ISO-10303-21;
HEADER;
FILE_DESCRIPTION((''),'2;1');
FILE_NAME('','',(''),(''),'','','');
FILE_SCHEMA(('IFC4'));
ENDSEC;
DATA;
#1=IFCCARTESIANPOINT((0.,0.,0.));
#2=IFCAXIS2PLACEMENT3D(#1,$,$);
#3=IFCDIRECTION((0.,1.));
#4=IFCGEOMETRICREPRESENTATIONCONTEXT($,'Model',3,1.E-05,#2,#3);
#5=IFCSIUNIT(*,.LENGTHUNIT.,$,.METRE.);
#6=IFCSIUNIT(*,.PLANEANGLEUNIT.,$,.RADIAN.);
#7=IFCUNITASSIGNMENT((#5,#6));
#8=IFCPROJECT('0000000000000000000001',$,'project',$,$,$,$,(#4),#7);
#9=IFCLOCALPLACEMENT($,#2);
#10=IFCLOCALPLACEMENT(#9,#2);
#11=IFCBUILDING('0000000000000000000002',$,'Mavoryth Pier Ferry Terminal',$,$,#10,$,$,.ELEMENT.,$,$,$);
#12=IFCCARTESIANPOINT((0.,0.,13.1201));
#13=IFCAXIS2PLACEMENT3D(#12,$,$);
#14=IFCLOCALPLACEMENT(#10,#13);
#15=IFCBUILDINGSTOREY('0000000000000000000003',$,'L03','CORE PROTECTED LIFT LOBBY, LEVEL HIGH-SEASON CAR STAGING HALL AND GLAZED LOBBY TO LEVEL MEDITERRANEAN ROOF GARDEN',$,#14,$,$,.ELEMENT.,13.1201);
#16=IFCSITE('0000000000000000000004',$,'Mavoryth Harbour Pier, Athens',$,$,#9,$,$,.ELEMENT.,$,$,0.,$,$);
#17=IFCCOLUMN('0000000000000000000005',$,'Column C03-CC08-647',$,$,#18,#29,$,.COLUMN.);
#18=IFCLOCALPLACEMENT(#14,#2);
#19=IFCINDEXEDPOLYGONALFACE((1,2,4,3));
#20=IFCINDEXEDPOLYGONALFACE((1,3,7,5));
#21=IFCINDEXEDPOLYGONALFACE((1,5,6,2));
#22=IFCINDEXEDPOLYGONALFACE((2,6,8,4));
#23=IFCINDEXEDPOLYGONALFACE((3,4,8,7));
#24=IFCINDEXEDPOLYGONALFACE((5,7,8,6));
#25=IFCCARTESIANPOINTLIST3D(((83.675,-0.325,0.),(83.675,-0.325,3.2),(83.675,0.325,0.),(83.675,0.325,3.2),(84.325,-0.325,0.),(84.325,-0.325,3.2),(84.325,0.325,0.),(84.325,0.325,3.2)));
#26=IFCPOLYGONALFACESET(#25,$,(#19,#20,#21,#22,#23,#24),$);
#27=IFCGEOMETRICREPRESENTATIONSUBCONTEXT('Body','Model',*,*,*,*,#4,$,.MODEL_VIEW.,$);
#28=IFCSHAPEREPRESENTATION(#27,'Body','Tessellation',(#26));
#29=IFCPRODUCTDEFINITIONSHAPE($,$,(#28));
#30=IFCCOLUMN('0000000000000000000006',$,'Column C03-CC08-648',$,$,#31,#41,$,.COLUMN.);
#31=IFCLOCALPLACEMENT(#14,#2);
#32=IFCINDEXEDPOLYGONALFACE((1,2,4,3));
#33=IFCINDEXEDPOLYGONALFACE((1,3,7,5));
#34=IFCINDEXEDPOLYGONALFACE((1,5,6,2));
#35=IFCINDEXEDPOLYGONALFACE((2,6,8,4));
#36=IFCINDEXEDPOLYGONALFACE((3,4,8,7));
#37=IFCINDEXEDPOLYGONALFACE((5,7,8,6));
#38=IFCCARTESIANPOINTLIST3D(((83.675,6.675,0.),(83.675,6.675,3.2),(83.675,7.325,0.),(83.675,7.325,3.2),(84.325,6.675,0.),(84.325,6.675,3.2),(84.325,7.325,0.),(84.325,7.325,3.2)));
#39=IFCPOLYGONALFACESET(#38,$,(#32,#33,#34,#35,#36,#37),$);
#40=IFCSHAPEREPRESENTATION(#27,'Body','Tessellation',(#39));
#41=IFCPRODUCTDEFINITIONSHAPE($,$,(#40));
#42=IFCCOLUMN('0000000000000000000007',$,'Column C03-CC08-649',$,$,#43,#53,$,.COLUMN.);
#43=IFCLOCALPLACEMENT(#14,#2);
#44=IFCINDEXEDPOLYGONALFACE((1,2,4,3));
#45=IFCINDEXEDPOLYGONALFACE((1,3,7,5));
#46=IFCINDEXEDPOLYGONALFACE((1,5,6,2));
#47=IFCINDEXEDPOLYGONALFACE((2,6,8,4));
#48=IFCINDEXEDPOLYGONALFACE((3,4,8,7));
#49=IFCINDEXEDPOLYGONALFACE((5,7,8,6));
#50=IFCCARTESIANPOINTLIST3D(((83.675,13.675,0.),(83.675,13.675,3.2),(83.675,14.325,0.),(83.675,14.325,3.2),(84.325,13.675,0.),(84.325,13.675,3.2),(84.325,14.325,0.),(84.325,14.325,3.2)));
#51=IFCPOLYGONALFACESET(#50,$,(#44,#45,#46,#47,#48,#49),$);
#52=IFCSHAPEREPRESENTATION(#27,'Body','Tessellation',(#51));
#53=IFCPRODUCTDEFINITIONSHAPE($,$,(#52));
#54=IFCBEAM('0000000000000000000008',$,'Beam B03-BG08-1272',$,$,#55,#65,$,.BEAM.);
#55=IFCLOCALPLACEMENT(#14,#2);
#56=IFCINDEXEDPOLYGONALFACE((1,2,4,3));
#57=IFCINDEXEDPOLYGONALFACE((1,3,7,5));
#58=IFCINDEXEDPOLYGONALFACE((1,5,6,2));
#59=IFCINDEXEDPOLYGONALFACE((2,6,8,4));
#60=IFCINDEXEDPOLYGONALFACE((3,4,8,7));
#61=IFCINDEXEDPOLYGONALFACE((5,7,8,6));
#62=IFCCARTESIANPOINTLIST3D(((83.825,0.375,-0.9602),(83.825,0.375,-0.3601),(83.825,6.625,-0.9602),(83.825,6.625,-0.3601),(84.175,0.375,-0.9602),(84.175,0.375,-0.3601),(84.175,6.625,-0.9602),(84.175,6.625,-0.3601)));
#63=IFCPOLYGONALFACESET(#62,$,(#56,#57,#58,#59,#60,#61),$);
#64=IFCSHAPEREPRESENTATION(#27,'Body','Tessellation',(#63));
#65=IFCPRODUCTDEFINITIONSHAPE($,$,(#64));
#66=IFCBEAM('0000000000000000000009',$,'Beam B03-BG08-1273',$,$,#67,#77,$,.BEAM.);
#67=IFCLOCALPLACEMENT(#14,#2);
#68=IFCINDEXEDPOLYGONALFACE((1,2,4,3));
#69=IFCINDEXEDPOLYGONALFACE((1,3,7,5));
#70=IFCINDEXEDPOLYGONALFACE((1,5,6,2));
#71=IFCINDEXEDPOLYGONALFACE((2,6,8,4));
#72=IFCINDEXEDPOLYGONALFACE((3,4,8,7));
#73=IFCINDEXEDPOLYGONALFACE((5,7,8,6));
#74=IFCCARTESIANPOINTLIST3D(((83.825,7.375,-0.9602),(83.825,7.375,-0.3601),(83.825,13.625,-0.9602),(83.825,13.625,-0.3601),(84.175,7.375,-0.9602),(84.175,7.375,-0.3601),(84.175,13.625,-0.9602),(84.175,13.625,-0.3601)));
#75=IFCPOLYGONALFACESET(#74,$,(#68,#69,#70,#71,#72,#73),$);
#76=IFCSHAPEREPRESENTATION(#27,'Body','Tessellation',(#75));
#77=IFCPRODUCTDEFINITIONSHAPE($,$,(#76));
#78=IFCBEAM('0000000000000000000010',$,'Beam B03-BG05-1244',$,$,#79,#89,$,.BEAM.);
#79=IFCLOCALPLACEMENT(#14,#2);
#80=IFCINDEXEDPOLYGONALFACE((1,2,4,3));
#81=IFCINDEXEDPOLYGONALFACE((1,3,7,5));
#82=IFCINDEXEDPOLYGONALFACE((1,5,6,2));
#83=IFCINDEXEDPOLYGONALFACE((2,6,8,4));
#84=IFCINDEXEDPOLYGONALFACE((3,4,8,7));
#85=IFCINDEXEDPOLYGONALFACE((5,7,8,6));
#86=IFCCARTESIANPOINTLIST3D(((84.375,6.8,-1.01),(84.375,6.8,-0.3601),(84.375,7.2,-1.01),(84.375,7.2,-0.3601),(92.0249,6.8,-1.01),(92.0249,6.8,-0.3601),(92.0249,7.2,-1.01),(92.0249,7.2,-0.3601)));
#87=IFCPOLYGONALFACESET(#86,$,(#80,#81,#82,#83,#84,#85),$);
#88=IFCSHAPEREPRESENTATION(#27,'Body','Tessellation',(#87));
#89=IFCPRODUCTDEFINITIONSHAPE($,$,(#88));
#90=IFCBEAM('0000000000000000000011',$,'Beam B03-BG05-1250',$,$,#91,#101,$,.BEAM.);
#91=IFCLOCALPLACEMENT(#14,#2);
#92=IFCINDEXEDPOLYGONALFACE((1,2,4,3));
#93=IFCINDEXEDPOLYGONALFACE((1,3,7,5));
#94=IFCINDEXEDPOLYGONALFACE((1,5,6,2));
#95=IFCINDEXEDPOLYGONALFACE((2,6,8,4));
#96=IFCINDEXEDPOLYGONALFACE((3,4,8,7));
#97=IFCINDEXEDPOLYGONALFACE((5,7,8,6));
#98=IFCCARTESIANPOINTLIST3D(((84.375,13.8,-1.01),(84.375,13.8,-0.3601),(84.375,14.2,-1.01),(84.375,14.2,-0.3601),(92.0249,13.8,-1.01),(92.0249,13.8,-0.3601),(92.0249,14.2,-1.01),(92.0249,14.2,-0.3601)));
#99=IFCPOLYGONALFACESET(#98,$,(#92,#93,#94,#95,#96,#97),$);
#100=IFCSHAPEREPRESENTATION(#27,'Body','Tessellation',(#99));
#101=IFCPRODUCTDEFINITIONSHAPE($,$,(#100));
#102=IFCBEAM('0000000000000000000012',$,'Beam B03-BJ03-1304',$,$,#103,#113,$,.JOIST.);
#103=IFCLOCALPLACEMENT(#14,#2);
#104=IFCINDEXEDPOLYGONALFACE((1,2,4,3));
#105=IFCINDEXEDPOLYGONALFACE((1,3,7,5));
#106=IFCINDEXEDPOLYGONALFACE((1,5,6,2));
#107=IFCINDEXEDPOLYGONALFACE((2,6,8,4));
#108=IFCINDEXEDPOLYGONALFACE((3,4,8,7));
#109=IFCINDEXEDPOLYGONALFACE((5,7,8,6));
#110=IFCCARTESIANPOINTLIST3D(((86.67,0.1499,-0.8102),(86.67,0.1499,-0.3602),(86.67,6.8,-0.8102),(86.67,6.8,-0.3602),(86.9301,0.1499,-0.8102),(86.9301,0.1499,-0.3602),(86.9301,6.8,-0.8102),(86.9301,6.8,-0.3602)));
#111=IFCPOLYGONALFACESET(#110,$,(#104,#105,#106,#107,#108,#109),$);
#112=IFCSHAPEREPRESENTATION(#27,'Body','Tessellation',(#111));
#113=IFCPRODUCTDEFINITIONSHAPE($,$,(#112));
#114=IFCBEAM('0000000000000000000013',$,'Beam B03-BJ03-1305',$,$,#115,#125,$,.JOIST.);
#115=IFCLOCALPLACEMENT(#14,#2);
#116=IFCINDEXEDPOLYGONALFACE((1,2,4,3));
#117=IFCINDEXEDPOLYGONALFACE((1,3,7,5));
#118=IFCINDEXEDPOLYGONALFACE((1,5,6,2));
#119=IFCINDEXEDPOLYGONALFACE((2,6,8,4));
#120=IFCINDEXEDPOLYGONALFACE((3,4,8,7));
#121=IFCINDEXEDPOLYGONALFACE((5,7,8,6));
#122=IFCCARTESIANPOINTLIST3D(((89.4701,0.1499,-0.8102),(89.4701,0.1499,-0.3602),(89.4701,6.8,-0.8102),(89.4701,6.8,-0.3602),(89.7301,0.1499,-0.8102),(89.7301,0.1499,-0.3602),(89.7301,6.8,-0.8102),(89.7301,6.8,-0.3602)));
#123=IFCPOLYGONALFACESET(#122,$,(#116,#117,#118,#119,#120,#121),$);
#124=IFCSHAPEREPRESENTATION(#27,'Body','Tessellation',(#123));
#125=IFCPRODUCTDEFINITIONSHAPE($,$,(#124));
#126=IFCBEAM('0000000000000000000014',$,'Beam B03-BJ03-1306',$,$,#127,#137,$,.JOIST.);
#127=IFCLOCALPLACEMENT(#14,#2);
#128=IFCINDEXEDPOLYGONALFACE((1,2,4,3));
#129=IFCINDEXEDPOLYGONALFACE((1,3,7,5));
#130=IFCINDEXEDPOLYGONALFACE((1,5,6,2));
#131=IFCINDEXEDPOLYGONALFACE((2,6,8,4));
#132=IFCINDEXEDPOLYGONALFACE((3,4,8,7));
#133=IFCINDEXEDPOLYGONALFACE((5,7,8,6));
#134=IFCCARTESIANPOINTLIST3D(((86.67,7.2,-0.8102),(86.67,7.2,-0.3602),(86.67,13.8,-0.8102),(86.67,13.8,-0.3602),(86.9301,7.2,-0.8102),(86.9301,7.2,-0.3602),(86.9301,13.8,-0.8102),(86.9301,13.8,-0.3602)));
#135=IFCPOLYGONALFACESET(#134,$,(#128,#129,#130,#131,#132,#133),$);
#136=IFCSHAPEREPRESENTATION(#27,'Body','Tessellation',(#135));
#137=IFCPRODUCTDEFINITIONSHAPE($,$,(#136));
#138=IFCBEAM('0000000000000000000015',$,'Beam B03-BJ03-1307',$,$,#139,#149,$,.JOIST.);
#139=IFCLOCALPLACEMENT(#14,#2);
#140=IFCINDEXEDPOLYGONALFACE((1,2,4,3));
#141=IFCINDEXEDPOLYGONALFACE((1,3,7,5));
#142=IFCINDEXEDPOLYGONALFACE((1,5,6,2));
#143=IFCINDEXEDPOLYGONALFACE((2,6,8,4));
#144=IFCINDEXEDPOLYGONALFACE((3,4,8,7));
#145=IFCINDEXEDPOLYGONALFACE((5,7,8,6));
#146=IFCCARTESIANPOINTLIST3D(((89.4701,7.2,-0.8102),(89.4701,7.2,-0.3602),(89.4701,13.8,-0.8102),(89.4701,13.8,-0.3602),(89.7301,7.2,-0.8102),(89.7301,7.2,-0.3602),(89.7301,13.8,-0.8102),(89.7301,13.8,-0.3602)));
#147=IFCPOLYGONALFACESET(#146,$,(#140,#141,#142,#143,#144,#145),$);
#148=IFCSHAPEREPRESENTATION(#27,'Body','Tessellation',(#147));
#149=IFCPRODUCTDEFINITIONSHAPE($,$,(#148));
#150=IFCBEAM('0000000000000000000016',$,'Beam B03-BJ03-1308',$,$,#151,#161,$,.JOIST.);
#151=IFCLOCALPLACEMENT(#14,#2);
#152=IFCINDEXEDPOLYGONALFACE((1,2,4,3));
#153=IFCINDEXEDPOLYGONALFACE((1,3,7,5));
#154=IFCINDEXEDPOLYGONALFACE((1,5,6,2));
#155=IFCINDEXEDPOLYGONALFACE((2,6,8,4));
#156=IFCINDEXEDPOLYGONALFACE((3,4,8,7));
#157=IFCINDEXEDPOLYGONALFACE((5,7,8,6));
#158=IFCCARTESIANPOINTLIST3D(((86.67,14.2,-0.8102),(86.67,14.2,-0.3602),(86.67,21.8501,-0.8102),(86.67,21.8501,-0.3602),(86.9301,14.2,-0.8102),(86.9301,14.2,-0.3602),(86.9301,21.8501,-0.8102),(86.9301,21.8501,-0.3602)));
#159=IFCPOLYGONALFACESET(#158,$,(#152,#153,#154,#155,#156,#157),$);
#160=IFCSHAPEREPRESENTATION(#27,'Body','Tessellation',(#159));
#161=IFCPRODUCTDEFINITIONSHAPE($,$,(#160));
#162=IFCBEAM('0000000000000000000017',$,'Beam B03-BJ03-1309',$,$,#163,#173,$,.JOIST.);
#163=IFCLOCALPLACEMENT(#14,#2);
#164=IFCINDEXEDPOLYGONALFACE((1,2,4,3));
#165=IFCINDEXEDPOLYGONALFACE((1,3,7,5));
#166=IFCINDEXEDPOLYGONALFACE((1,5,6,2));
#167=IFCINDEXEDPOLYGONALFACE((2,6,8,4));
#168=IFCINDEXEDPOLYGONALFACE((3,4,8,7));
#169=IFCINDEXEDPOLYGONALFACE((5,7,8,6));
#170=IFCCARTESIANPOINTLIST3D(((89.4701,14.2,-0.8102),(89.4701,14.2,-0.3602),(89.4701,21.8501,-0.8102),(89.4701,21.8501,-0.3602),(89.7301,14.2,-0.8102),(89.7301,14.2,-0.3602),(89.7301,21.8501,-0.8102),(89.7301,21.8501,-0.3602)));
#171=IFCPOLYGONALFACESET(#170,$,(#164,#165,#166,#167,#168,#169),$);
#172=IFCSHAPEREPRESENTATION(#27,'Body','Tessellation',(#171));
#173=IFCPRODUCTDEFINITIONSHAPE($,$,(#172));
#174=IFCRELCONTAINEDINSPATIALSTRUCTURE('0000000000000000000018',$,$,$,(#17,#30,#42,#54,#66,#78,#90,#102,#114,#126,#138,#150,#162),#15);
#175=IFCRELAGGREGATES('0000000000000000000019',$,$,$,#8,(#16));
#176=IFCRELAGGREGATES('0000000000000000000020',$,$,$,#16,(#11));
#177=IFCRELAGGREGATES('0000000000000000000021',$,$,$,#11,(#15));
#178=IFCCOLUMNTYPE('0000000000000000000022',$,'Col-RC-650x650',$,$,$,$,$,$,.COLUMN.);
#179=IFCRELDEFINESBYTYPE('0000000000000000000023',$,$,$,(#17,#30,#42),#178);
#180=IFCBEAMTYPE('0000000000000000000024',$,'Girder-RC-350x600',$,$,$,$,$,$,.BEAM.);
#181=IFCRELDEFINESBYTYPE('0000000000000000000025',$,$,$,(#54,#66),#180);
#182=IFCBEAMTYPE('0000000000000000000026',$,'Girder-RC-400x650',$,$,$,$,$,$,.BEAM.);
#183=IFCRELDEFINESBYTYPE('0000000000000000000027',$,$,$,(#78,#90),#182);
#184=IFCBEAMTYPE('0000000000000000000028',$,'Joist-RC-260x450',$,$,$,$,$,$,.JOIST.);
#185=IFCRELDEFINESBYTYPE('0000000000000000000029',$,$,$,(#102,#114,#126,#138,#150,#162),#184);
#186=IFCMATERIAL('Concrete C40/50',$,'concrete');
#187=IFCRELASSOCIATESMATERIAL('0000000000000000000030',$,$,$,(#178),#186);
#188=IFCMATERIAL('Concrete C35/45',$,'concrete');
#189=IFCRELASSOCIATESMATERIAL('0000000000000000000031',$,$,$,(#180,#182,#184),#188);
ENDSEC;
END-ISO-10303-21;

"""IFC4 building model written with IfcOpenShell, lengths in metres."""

from ifc_helpers import new_model, si_unit, direction, frame, origin, origin_2d, place, context, subcontext, project, spatial, rectangle, extrude, material, material_profile, profile_set, type_object, element, save


model = new_model("IFC4")

# Units and contexts
model_context = context("Model", 3, precision=1e-05, world=origin(), true_north=direction((0.0, 1.0)))
body_context = subcontext(model_context, "Body", "Model", "MODEL_VIEW")
ifc_project = project(units=[si_unit("LENGTHUNIT", "METRE"), si_unit("PLANEANGLEUNIT", "RADIAN")], contexts=[model_context])

# Site, building, storey
site_placement = place(None, origin())
site = spatial("IfcSite", under=ifc_project, at=site_placement, Name="Mavoryth Harbour Pier, Athens", CompositionType="ELEMENT", RefElevation=0.0)
building_placement = place(site_placement, origin())
building = spatial("IfcBuilding", under=site, at=building_placement, Name="Mavoryth Pier Ferry Terminal", CompositionType="ELEMENT")
storey_placement = place(building_placement, frame((0.0, 0.0, 13.1201)))
storey = spatial("IfcBuildingStorey", under=building, at=storey_placement, Name="L03", Description="CORE PROTECTED LIFT LOBBY, LEVEL HIGH-SEASON CAR STAGING HALL AND GLAZED LOBBY TO LEVEL MEDITERRANEAN ROOF GARDEN", CompositionType="ELEMENT", Elevation=13.1201)

# Columns
ifc_material_1 = material(Name="Concrete C40/50", Category="concrete")
ifc_material_profile_1 = material_profile(ifc_material_1, rectangle(XDim=0.6499, YDim=0.6499, at=origin_2d()), Name="RC 650x650", Category="concrete")
ifc_profile_set_1 = profile_set([ifc_material_profile_1], Name="Concrete C40/50 - RC 650x650")
column_type = type_object("IfcColumnType", Name="Col-RC-650x650", PredefinedType="COLUMN", material=ifc_profile_set_1)
for number, where, z_axis, x_axis, name in (
    (1, (84.0, 0.0, 0.0), (0.0, 0.0, 1.0), (1.0, 0.0, 0.0), "Column C03-CC08-647"),
    (2, (84.0, 7.0, 0.0), (0.0, 0.0, 1.0), (1.0, 0.0, 0.0), "Column C03-CC08-648"),
    (3, (84.0, 14.0, 0.0), (0.0, 0.0, 1.0), (1.0, 0.0, 0.0), "Column C03-CC08-649"),
):
    element("IfcColumn", number, at=place(storey_placement, frame(where, z_axis=z_axis, x_axis=x_axis)), inside=storey, type_object=column_type, Name=name, PredefinedType="COLUMN", context=body_context, shape_type="SweptSolid", body=[
        extrude(rectangle(XDim=0.6499, YDim=0.6499, at=origin_2d()), origin(), (0.0, 0.0, 1.0), 3.2),
    ])

# Beams
ifc_material_2 = material(Name="Concrete C35/45", Category="concrete")
ifc_material_profile_2 = material_profile(ifc_material_2, rectangle(XDim=0.3501, YDim=0.6001, at=origin_2d()), Name="RC 350x600", Category="concrete")
ifc_profile_set_2 = profile_set([ifc_material_profile_2], Name="Concrete C35/45 - RC 350x600")
beam_type_1 = type_object("IfcBeamType", Name="Girder-RC-350x600", PredefinedType="BEAM", material=ifc_profile_set_2)
for number, where, z_axis, x_axis, name in (
    (4, (84.0, 0.375, -0.6602), (0.0, 1.0, 0.0), (-1.0, 0.0, 0.0), "Beam B03-BG08-1272"),
    (5, (84.0, 7.375, -0.6602), (0.0, 1.0, 0.0), (-1.0, 0.0, 0.0), "Beam B03-BG08-1273"),
):
    element("IfcBeam", number, at=place(storey_placement, frame(where, z_axis=z_axis, x_axis=x_axis)), inside=storey, type_object=beam_type_1, Name=name, PredefinedType="BEAM", context=body_context, shape_type="SweptSolid", body=[
        extrude(rectangle(XDim=0.3501, YDim=0.6001, at=origin_2d()), origin(), (0.0, 0.0, 1.0), 6.25),
    ])
ifc_material_profile_3 = material_profile(ifc_material_2, rectangle(XDim=0.3999, YDim=0.6499, at=origin_2d()), Name="RC 400x650", Category="concrete")
ifc_profile_set_3 = profile_set([ifc_material_profile_3], Name="Concrete C35/45 - RC 400x650")
beam_type_2 = type_object("IfcBeamType", Name="Girder-RC-400x650", PredefinedType="BEAM", material=ifc_profile_set_3)
for number, where, z_axis, x_axis, name in (
    (6, (84.375, 7.0, -0.6851), (1.0, 0.0, 0.0), (0.0, 1.0, 0.0), "Beam B03-BG05-1244"),
    (7, (84.375, 14.0, -0.6851), (1.0, 0.0, 0.0), (0.0, 1.0, 0.0), "Beam B03-BG05-1250"),
):
    element("IfcBeam", number, at=place(storey_placement, frame(where, z_axis=z_axis, x_axis=x_axis)), inside=storey, type_object=beam_type_2, Name=name, PredefinedType="BEAM", context=body_context, shape_type="SweptSolid", body=[
        extrude(rectangle(XDim=0.3999, YDim=0.6499, at=origin_2d()), origin(), (0.0, 0.0, 1.0), 7.6499),
    ])
ifc_material_profile_4 = material_profile(ifc_material_2, rectangle(XDim=0.26, YDim=0.45, at=origin_2d()), Name="RC 260x450", Category="concrete")
ifc_profile_set_4 = profile_set([ifc_material_profile_4], Name="Concrete C35/45 - RC 260x450")
beam_type_3 = type_object("IfcBeamType", Name="Joist-RC-260x450", PredefinedType="JOIST", material=ifc_profile_set_4)
for number, where, z_axis, x_axis, name in (
    (8, (86.8, 0.1499, -0.5852), (0.0, 1.0, 0.0), (-1.0, 0.0, 0.0), "Beam B03-BJ03-1304"),
    (9, (89.6001, 0.1499, -0.5852), (0.0, 1.0, 0.0), (-1.0, 0.0, 0.0), "Beam B03-BJ03-1305"),
):
    element("IfcBeam", number, at=place(storey_placement, frame(where, z_axis=z_axis, x_axis=x_axis)), inside=storey, type_object=beam_type_3, Name=name, PredefinedType="JOIST", context=body_context, shape_type="SweptSolid", body=[
        extrude(rectangle(XDim=0.26, YDim=0.45, at=origin_2d()), origin(), (0.0, 0.0, 1.0), 6.6501),
    ])
for number, where, z_axis, x_axis, name in (
    (10, (86.8, 7.2, -0.5852), (0.0, 1.0, 0.0), (-1.0, 0.0, 0.0), "Beam B03-BJ03-1306"),
    (11, (89.6001, 7.2, -0.5852), (0.0, 1.0, 0.0), (-1.0, 0.0, 0.0), "Beam B03-BJ03-1307"),
):
    element("IfcBeam", number, at=place(storey_placement, frame(where, z_axis=z_axis, x_axis=x_axis)), inside=storey, type_object=beam_type_3, Name=name, PredefinedType="JOIST", context=body_context, shape_type="SweptSolid", body=[
        extrude(rectangle(XDim=0.26, YDim=0.45, at=origin_2d()), origin(), (0.0, 0.0, 1.0), 6.6001),
    ])
for number, where, z_axis, x_axis, name in (
    (12, (86.8, 14.2, -0.5852), (0.0, 1.0, 0.0), (-1.0, 0.0, 0.0), "Beam B03-BJ03-1308"),
    (13, (89.6001, 14.2, -0.5852), (0.0, 1.0, 0.0), (-1.0, 0.0, 0.0), "Beam B03-BJ03-1309"),
):
    element("IfcBeam", number, at=place(storey_placement, frame(where, z_axis=z_axis, x_axis=x_axis)), inside=storey, type_object=beam_type_3, Name=name, PredefinedType="JOIST", context=body_context, shape_type="SweptSolid", body=[
        extrude(rectangle(XDim=0.26, YDim=0.45, at=origin_2d()), origin(), (0.0, 0.0, 1.0), 7.6501),
    ])

save(model, "model.ifc")
